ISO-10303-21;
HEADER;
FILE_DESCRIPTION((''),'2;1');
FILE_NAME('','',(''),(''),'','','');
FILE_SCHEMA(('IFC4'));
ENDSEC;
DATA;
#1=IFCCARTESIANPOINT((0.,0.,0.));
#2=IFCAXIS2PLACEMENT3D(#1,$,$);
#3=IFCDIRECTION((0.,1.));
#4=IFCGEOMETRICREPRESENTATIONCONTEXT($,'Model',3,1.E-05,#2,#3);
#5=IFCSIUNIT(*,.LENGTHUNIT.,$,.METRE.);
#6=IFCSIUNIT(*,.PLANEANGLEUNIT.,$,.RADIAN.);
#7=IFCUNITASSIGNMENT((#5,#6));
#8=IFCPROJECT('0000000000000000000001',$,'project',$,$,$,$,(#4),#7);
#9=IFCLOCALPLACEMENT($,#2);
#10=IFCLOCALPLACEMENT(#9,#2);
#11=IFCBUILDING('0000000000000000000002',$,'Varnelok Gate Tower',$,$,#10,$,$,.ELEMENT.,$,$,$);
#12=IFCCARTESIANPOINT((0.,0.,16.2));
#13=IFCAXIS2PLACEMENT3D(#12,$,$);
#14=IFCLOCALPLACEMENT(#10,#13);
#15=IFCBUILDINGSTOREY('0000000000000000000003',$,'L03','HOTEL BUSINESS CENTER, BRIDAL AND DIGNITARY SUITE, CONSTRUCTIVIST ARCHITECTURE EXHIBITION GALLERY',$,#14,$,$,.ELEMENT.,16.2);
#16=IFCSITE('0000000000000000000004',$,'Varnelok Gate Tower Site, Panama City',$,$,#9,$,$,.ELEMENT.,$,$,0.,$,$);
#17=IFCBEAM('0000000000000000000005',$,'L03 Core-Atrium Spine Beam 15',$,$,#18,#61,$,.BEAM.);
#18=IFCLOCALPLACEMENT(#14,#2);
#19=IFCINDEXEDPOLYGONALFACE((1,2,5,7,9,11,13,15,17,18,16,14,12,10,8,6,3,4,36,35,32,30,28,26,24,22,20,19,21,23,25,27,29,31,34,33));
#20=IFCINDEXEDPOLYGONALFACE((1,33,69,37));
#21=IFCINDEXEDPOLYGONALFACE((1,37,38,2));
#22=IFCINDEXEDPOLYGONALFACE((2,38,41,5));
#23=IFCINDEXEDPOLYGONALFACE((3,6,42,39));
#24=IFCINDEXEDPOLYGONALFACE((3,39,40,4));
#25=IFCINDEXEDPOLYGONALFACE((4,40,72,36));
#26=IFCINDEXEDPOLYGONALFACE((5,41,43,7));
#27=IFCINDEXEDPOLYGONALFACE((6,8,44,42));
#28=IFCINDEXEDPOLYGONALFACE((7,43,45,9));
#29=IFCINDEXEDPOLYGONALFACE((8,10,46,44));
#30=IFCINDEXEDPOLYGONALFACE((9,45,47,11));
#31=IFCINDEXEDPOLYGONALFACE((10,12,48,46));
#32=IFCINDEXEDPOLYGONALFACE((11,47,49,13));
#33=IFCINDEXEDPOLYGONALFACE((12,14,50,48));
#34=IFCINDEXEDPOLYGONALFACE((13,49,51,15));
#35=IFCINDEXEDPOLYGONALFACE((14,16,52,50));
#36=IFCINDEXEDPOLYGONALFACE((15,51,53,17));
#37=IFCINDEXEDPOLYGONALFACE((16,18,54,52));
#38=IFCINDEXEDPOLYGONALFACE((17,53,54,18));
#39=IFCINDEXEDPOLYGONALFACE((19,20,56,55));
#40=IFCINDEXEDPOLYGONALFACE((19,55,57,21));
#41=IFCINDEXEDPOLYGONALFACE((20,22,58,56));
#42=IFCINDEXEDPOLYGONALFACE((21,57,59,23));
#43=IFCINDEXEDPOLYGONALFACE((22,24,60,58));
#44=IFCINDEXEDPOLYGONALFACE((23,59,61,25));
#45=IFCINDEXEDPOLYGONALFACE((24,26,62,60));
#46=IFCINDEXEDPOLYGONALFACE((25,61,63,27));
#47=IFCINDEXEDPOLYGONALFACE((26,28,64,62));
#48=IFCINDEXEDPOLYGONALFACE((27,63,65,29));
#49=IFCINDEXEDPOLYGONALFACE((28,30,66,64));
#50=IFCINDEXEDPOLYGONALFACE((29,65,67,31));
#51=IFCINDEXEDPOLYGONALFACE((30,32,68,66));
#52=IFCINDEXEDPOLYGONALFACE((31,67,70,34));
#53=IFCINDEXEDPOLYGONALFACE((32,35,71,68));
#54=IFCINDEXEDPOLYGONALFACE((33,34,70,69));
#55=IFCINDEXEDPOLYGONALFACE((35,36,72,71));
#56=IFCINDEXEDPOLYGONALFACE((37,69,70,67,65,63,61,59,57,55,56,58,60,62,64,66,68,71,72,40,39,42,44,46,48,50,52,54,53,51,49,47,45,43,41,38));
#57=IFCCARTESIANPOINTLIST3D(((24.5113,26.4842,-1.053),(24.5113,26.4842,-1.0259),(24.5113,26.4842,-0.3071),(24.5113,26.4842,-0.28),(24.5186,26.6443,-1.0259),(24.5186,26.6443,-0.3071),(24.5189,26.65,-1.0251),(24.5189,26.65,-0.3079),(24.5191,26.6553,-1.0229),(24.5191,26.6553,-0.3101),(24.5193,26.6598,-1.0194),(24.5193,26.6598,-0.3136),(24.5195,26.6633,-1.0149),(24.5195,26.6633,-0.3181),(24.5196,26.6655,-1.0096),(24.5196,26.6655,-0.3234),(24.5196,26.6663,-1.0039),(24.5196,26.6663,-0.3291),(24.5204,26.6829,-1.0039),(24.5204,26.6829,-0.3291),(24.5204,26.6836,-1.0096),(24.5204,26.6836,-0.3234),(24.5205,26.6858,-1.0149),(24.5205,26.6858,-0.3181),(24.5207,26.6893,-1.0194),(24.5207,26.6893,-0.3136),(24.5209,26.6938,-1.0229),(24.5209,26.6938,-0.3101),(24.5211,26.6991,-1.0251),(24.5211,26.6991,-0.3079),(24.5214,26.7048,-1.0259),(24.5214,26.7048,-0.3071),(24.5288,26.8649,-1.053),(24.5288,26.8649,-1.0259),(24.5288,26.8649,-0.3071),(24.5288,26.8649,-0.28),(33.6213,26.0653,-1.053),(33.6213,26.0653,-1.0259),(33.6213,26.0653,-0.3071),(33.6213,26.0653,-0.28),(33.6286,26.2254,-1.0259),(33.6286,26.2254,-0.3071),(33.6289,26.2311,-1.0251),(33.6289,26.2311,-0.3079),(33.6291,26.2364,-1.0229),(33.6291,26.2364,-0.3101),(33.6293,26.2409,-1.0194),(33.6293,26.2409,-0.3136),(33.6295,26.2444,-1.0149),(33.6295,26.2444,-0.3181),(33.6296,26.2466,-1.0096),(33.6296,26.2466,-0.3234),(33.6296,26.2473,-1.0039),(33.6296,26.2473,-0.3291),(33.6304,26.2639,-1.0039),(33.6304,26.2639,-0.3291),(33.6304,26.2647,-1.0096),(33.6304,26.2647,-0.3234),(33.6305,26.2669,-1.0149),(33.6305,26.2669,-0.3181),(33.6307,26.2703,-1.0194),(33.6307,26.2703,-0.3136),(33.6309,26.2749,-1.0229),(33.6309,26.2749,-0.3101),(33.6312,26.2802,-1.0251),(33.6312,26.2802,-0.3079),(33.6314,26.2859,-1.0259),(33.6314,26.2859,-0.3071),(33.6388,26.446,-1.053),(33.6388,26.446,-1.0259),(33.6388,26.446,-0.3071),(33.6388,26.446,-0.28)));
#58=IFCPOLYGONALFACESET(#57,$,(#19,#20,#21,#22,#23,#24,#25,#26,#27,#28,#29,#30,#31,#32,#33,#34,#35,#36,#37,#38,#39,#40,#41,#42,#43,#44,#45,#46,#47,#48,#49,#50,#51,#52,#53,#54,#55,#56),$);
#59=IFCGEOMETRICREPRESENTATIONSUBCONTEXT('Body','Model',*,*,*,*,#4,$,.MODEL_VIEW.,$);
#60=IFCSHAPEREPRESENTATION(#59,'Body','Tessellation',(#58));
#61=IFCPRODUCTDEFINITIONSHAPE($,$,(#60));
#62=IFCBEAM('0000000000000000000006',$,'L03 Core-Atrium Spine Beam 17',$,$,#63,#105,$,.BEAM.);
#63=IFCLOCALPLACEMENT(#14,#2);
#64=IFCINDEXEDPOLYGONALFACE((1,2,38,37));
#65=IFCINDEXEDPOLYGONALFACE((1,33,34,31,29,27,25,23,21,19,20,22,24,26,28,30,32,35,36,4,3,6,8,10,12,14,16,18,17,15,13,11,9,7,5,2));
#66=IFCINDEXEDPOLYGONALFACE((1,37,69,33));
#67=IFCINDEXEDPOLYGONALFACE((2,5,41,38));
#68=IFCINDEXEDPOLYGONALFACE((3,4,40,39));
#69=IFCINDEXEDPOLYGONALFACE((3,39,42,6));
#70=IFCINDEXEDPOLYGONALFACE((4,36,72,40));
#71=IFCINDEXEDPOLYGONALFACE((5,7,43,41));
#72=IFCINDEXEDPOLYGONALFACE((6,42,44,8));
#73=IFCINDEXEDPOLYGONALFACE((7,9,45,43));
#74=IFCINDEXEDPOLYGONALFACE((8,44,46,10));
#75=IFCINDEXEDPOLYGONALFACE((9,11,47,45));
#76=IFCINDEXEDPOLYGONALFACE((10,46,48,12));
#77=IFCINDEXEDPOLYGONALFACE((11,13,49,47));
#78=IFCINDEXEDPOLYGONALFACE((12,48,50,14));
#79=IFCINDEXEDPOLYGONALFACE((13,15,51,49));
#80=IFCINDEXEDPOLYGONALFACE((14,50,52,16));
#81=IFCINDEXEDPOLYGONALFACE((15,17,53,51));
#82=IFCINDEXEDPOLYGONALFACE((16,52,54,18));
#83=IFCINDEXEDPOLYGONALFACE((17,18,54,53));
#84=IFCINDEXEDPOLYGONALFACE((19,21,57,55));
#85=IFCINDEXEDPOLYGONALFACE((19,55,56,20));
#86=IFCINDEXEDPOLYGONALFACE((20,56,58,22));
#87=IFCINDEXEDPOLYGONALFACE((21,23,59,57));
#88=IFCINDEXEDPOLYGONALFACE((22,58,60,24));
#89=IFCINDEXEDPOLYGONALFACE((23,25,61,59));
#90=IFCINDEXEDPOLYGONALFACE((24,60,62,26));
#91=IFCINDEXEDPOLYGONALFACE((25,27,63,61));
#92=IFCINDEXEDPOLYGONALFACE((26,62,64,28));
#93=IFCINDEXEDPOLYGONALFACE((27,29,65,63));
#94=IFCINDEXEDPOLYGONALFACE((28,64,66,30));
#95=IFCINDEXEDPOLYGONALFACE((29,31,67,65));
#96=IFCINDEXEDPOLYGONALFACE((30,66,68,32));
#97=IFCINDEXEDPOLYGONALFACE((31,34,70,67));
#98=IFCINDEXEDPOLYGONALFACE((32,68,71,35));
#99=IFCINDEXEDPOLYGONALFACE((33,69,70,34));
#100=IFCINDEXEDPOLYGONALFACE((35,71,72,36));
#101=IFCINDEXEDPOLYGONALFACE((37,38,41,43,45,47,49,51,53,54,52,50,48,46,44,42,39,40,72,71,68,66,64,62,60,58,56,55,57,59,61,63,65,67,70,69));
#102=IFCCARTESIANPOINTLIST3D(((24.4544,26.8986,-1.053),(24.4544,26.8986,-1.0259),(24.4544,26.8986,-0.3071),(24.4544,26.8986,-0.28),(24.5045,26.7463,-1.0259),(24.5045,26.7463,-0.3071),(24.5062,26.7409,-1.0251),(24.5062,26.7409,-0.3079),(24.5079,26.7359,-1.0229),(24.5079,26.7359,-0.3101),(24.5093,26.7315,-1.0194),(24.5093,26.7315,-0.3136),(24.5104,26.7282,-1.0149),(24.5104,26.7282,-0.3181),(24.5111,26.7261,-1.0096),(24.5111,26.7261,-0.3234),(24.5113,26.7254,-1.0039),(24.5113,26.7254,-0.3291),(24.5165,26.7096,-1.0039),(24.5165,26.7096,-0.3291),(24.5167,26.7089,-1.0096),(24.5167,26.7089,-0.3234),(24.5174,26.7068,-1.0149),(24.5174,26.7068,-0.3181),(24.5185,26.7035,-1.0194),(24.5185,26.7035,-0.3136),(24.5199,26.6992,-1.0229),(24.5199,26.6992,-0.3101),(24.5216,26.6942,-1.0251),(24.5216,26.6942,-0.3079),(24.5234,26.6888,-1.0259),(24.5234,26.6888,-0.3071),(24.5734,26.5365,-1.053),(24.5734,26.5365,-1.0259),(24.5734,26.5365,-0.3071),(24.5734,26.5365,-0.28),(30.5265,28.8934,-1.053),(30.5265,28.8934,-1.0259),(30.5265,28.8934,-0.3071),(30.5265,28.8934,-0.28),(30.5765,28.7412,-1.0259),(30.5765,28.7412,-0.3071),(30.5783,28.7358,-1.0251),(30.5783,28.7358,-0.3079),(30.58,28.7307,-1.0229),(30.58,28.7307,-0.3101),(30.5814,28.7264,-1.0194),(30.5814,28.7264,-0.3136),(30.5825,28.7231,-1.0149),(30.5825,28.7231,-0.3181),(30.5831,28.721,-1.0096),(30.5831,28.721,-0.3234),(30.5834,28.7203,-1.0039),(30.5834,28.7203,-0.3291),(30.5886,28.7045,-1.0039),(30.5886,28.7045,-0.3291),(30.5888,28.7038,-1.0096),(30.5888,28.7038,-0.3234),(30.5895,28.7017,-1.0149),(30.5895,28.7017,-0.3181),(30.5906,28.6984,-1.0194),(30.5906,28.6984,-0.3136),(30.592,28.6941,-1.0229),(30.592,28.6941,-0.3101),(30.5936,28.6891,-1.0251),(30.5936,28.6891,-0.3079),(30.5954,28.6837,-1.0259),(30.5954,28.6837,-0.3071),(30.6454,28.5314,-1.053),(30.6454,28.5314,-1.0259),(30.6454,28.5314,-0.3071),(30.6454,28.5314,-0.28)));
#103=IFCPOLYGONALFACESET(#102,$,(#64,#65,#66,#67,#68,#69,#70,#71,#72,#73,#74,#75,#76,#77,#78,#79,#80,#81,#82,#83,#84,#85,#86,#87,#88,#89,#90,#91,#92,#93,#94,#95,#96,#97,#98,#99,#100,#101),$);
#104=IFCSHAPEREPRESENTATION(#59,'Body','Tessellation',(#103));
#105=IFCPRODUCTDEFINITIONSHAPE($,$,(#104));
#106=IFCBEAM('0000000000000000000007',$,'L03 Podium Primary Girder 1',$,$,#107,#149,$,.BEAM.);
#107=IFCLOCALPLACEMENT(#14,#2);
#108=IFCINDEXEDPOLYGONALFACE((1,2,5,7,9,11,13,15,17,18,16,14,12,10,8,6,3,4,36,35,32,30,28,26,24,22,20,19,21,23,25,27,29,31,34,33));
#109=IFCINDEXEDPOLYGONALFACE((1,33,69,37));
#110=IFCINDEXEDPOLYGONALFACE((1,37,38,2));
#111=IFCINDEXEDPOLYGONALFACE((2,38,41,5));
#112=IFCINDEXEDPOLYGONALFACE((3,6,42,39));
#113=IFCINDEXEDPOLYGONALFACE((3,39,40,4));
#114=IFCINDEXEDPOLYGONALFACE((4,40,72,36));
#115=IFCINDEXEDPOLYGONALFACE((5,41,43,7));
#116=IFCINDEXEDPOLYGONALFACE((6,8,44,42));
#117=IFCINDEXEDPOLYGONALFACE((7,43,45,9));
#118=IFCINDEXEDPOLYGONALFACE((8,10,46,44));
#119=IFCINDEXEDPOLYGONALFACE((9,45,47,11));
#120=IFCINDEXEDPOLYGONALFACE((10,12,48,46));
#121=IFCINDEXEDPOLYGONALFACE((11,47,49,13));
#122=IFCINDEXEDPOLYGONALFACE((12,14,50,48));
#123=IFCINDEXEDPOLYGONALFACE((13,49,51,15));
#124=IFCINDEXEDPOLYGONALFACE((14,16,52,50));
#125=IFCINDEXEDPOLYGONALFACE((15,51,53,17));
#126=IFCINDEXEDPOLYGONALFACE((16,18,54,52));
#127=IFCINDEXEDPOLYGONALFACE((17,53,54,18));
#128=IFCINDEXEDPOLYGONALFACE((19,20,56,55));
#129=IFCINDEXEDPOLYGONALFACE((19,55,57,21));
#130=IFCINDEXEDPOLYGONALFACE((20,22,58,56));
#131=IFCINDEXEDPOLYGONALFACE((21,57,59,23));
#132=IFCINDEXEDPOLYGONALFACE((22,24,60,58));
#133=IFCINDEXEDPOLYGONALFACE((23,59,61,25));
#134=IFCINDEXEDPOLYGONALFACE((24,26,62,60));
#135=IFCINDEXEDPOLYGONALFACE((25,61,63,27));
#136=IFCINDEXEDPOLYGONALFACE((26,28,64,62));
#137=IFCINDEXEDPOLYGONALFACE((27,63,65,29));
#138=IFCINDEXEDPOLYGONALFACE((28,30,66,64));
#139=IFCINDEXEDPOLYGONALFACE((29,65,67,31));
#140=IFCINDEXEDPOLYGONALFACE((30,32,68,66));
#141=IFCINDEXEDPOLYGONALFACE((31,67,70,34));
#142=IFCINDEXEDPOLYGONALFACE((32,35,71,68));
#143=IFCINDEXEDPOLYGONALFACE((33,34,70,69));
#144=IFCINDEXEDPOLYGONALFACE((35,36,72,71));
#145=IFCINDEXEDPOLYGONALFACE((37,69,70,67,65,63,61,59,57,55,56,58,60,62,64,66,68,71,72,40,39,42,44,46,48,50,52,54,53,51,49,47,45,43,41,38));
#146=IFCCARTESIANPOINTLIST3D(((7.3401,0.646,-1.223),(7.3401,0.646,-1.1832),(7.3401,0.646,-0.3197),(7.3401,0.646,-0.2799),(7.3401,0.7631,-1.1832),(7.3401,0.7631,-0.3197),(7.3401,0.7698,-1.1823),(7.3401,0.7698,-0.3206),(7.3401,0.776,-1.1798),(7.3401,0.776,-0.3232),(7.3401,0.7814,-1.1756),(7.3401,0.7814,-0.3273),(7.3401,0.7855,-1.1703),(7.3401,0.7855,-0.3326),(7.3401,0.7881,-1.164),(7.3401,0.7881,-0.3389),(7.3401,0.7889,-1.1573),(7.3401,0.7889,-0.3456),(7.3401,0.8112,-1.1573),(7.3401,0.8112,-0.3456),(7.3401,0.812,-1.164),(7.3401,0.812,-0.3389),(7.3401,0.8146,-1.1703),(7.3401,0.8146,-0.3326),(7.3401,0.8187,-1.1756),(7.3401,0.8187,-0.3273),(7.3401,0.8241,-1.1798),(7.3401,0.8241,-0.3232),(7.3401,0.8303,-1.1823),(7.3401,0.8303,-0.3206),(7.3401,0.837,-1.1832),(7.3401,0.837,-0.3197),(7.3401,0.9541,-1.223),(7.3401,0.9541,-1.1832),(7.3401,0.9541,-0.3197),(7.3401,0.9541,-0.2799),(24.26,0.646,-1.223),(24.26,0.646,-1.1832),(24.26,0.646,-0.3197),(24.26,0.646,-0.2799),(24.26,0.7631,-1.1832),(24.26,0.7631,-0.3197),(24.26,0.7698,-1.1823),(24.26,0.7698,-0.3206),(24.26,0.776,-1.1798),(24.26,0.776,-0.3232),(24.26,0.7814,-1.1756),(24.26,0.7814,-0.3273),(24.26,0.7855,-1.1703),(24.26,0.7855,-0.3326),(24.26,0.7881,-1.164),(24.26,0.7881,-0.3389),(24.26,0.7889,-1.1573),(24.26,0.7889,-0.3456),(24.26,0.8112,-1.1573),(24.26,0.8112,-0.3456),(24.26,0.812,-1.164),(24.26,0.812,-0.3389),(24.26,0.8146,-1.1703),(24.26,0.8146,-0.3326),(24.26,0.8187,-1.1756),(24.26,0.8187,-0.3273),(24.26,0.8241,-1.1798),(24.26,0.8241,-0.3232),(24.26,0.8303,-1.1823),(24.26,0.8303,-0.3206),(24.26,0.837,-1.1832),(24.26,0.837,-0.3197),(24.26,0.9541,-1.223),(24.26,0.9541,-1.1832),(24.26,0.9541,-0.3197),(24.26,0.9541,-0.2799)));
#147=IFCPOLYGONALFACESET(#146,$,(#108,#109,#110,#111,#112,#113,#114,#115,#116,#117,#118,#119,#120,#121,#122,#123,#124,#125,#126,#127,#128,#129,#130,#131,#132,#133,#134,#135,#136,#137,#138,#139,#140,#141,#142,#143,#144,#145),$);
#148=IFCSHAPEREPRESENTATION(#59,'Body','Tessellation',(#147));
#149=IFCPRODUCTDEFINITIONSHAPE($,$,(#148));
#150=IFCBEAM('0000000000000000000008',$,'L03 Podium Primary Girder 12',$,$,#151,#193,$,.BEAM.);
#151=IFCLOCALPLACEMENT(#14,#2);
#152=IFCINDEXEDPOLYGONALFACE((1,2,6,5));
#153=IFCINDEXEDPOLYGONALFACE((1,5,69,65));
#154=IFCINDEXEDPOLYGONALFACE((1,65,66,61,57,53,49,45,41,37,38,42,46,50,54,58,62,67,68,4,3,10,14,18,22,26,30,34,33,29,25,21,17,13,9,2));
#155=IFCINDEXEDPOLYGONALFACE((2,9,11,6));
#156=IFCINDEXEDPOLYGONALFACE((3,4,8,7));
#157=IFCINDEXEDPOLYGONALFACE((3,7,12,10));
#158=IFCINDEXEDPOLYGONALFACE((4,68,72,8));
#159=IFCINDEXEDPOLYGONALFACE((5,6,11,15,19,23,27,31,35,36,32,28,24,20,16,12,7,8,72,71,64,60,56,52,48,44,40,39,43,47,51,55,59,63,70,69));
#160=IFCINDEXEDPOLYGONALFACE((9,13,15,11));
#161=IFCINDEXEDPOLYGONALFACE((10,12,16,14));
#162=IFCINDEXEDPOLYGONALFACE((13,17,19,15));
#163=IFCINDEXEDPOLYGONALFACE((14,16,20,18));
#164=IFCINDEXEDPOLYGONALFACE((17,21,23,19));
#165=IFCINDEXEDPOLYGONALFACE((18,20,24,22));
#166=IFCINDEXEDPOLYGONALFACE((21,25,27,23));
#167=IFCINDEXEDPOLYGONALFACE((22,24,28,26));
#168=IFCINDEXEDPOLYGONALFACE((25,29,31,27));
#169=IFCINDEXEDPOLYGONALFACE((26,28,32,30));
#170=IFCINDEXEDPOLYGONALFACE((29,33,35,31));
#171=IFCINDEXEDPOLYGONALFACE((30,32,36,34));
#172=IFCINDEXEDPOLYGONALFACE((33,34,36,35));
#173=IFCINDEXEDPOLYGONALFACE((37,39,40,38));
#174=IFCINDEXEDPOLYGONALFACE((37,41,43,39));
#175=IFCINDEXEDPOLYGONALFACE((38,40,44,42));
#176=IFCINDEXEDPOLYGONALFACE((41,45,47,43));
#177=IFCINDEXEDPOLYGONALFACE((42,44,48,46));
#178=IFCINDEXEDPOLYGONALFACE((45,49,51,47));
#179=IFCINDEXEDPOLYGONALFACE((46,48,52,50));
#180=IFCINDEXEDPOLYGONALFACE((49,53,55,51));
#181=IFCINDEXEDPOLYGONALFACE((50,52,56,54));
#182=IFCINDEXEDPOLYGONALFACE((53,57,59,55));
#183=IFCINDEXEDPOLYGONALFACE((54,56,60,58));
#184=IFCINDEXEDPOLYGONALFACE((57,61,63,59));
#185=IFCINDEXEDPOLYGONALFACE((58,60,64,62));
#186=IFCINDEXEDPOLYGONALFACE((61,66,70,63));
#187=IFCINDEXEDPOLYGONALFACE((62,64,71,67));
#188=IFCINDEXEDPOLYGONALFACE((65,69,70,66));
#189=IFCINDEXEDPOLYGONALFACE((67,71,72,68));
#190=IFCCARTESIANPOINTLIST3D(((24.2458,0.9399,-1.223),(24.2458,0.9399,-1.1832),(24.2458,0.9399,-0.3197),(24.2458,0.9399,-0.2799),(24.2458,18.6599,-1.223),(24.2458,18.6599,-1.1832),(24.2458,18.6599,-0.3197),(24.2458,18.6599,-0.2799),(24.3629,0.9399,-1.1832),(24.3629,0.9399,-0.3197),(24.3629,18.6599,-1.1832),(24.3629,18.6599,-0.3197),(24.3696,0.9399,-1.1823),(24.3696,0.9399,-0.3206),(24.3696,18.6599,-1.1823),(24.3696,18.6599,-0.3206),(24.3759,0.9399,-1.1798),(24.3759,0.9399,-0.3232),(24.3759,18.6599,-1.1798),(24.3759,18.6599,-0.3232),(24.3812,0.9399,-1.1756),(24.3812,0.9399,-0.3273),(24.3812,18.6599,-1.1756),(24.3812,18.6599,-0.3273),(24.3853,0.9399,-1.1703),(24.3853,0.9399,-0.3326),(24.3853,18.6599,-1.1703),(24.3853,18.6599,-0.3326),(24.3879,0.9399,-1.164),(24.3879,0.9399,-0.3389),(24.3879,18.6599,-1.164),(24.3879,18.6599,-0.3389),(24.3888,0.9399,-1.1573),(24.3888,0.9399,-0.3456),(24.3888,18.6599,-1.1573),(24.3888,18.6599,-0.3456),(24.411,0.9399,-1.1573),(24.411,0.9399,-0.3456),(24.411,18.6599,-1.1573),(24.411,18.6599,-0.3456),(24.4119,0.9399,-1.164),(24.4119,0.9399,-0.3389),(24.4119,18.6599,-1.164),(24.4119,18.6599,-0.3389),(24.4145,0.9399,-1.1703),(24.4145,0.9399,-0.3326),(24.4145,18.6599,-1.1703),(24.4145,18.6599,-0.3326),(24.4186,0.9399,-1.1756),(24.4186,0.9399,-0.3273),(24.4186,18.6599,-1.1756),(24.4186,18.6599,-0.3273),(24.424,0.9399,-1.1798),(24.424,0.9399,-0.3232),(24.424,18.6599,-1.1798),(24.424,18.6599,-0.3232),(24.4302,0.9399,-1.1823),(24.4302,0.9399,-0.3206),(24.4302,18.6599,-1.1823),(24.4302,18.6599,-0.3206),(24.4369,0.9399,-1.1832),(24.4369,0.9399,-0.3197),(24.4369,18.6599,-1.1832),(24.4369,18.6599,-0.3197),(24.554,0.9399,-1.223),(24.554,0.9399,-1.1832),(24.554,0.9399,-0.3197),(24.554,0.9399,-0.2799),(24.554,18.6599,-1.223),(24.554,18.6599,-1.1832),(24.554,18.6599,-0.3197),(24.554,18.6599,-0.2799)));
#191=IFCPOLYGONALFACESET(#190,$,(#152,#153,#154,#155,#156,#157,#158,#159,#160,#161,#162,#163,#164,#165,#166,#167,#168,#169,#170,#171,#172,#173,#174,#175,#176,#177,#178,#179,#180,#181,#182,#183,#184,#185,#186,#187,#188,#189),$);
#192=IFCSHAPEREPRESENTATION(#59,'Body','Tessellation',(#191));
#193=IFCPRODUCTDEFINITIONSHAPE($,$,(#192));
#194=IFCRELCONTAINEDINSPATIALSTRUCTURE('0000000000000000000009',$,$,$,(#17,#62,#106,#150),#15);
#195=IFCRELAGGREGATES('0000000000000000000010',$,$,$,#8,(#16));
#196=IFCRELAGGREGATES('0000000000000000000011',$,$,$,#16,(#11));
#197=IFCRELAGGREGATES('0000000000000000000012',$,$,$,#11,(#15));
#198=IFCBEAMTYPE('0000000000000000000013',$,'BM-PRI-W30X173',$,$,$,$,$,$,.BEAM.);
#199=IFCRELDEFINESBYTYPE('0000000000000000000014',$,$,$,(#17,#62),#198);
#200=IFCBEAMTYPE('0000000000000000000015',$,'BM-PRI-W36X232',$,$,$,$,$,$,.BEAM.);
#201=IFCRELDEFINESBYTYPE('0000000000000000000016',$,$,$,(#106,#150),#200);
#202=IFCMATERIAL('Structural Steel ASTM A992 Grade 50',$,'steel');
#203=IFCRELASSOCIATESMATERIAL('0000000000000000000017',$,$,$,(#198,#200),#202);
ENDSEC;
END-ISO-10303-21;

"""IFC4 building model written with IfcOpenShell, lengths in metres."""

from ifc_helpers import new_model, si_unit, direction, frame, origin, origin_2d, place, context, subcontext, project, spatial, i_section, extrude, material, material_profile, profile_set, type_object, element, save


model = new_model("IFC4")

# Units and contexts
model_context = context("Model", 3, precision=1e-05, world=origin(), true_north=direction((0.0, 1.0)))
body_context = subcontext(model_context, "Body", "Model", "MODEL_VIEW")
ifc_project = project(units=[si_unit("LENGTHUNIT", "METRE"), si_unit("PLANEANGLEUNIT", "RADIAN")], contexts=[model_context])

# Site, building, storey
site_placement = place(None, origin())
site = spatial("IfcSite", under=ifc_project, at=site_placement, Name="Varnelok Gate Tower Site, Panama City", CompositionType="ELEMENT", RefElevation=0.0)
building_placement = place(site_placement, origin())
building = spatial("IfcBuilding", under=site, at=building_placement, Name="Varnelok Gate Tower", CompositionType="ELEMENT")
storey_placement = place(building_placement, frame((0.0, 0.0, 16.2)))
storey = spatial("IfcBuildingStorey", under=building, at=storey_placement, Name="L03", Description="HOTEL BUSINESS CENTER, BRIDAL AND DIGNITARY SUITE, CONSTRUCTIVIST ARCHITECTURE EXHIBITION GALLERY", CompositionType="ELEMENT", Elevation=16.2)

# Shared definitions
ifc_material_1 = material(Name="Structural Steel ASTM A992 Grade 50", Category="steel")

# Beams
ifc_material_profile_1 = material_profile(ifc_material_1, i_section(OverallWidth=0.3811, OverallDepth=0.7729, WebThickness=0.0166, FlangeThickness=0.0271, FilletRadius=0.022, at=origin_2d()), Name="W30X173")
ifc_profile_set_1 = profile_set([ifc_material_profile_1], Name="Structural Steel ASTM A992 Grade 50")
beam_type_1 = type_object("IfcBeamType", Name="BM-PRI-W30X173", PredefinedType="BEAM", material=ifc_profile_set_1)
beam_1_placement = place(storey_placement, frame((24.52, 26.6746, -0.6665), z_axis=(0.998944, -0.045938, 0.0), x_axis=(0.045938, 0.998944, 0.0)))
element("IfcBeam", 1, at=beam_1_placement, inside=storey, type_object=beam_type_1, Name="L03 Core-Atrium Spine Beam 15", PredefinedType="BEAM", context=body_context, shape_type="SweptSolid", body=[
    extrude(i_section(OverallWidth=0.3811, OverallDepth=0.7729, WebThickness=0.0166, FlangeThickness=0.0271, FilletRadius=0.022, at=origin_2d()), origin(), (0.0, 0.0, 1.0), 9.1196),
])
beam_2_placement = place(storey_placement, frame((24.5139, 26.7175, -0.6665), z_axis=(0.950042, 0.312122, 0.0), x_axis=(-0.312122, 0.950042, 0.0)))
element("IfcBeam", 2, at=beam_2_placement, inside=storey, type_object=beam_type_1, Name="L03 Core-Atrium Spine Beam 17", PredefinedType="BEAM", context=body_context, shape_type="SweptSolid", body=[
    extrude(i_section(OverallWidth=0.3811, OverallDepth=0.7729, WebThickness=0.0166, FlangeThickness=0.0271, FilletRadius=0.022, at=origin_2d()), origin(), (0.0, 0.0, 1.0), 6.3914),
])
ifc_material_profile_2 = material_profile(ifc_material_1, i_section(OverallWidth=0.3081, OverallDepth=0.9431, WebThickness=0.0222, FlangeThickness=0.0398, FilletRadius=0.0259, at=origin_2d()), Name="W36X232")
ifc_profile_set_2 = profile_set([ifc_material_profile_2], Name="Structural Steel ASTM A992 Grade 50")
beam_type_2 = type_object("IfcBeamType", Name="BM-PRI-W36X232", PredefinedType="BEAM", material=ifc_profile_set_2)
beam_3_placement = place(storey_placement, frame((7.3401, 0.8, -0.7515), z_axis=(1.0, 0.0, 0.0), x_axis=(0.0, 1.0, 0.0)))
element("IfcBeam", 3, at=beam_3_placement, inside=storey, type_object=beam_type_2, Name="L03 Podium Primary Girder 1", PredefinedType="BEAM", context=body_context, shape_type="SweptSolid", body=[
    extrude(i_section(OverallWidth=0.3081, OverallDepth=0.9431, WebThickness=0.0222, FlangeThickness=0.0398, FilletRadius=0.0259, at=origin_2d()), origin(), (0.0, 0.0, 1.0), 16.9199),
])
beam_4_placement = place(storey_placement, frame((24.3999, 0.9399, -0.7515), z_axis=(0.0, 1.0, 0.0), x_axis=(-1.0, 0.0, 0.0)))
element("IfcBeam", 4, at=beam_4_placement, inside=storey, type_object=beam_type_2, Name="L03 Podium Primary Girder 12", PredefinedType="BEAM", context=body_context, shape_type="SweptSolid", body=[
    extrude(i_section(OverallWidth=0.3081, OverallDepth=0.9431, WebThickness=0.0222, FlangeThickness=0.0398, FilletRadius=0.0259, at=origin_2d()), origin(), (0.0, 0.0, 1.0), 17.72),
])

save(model, "model.ifc")
